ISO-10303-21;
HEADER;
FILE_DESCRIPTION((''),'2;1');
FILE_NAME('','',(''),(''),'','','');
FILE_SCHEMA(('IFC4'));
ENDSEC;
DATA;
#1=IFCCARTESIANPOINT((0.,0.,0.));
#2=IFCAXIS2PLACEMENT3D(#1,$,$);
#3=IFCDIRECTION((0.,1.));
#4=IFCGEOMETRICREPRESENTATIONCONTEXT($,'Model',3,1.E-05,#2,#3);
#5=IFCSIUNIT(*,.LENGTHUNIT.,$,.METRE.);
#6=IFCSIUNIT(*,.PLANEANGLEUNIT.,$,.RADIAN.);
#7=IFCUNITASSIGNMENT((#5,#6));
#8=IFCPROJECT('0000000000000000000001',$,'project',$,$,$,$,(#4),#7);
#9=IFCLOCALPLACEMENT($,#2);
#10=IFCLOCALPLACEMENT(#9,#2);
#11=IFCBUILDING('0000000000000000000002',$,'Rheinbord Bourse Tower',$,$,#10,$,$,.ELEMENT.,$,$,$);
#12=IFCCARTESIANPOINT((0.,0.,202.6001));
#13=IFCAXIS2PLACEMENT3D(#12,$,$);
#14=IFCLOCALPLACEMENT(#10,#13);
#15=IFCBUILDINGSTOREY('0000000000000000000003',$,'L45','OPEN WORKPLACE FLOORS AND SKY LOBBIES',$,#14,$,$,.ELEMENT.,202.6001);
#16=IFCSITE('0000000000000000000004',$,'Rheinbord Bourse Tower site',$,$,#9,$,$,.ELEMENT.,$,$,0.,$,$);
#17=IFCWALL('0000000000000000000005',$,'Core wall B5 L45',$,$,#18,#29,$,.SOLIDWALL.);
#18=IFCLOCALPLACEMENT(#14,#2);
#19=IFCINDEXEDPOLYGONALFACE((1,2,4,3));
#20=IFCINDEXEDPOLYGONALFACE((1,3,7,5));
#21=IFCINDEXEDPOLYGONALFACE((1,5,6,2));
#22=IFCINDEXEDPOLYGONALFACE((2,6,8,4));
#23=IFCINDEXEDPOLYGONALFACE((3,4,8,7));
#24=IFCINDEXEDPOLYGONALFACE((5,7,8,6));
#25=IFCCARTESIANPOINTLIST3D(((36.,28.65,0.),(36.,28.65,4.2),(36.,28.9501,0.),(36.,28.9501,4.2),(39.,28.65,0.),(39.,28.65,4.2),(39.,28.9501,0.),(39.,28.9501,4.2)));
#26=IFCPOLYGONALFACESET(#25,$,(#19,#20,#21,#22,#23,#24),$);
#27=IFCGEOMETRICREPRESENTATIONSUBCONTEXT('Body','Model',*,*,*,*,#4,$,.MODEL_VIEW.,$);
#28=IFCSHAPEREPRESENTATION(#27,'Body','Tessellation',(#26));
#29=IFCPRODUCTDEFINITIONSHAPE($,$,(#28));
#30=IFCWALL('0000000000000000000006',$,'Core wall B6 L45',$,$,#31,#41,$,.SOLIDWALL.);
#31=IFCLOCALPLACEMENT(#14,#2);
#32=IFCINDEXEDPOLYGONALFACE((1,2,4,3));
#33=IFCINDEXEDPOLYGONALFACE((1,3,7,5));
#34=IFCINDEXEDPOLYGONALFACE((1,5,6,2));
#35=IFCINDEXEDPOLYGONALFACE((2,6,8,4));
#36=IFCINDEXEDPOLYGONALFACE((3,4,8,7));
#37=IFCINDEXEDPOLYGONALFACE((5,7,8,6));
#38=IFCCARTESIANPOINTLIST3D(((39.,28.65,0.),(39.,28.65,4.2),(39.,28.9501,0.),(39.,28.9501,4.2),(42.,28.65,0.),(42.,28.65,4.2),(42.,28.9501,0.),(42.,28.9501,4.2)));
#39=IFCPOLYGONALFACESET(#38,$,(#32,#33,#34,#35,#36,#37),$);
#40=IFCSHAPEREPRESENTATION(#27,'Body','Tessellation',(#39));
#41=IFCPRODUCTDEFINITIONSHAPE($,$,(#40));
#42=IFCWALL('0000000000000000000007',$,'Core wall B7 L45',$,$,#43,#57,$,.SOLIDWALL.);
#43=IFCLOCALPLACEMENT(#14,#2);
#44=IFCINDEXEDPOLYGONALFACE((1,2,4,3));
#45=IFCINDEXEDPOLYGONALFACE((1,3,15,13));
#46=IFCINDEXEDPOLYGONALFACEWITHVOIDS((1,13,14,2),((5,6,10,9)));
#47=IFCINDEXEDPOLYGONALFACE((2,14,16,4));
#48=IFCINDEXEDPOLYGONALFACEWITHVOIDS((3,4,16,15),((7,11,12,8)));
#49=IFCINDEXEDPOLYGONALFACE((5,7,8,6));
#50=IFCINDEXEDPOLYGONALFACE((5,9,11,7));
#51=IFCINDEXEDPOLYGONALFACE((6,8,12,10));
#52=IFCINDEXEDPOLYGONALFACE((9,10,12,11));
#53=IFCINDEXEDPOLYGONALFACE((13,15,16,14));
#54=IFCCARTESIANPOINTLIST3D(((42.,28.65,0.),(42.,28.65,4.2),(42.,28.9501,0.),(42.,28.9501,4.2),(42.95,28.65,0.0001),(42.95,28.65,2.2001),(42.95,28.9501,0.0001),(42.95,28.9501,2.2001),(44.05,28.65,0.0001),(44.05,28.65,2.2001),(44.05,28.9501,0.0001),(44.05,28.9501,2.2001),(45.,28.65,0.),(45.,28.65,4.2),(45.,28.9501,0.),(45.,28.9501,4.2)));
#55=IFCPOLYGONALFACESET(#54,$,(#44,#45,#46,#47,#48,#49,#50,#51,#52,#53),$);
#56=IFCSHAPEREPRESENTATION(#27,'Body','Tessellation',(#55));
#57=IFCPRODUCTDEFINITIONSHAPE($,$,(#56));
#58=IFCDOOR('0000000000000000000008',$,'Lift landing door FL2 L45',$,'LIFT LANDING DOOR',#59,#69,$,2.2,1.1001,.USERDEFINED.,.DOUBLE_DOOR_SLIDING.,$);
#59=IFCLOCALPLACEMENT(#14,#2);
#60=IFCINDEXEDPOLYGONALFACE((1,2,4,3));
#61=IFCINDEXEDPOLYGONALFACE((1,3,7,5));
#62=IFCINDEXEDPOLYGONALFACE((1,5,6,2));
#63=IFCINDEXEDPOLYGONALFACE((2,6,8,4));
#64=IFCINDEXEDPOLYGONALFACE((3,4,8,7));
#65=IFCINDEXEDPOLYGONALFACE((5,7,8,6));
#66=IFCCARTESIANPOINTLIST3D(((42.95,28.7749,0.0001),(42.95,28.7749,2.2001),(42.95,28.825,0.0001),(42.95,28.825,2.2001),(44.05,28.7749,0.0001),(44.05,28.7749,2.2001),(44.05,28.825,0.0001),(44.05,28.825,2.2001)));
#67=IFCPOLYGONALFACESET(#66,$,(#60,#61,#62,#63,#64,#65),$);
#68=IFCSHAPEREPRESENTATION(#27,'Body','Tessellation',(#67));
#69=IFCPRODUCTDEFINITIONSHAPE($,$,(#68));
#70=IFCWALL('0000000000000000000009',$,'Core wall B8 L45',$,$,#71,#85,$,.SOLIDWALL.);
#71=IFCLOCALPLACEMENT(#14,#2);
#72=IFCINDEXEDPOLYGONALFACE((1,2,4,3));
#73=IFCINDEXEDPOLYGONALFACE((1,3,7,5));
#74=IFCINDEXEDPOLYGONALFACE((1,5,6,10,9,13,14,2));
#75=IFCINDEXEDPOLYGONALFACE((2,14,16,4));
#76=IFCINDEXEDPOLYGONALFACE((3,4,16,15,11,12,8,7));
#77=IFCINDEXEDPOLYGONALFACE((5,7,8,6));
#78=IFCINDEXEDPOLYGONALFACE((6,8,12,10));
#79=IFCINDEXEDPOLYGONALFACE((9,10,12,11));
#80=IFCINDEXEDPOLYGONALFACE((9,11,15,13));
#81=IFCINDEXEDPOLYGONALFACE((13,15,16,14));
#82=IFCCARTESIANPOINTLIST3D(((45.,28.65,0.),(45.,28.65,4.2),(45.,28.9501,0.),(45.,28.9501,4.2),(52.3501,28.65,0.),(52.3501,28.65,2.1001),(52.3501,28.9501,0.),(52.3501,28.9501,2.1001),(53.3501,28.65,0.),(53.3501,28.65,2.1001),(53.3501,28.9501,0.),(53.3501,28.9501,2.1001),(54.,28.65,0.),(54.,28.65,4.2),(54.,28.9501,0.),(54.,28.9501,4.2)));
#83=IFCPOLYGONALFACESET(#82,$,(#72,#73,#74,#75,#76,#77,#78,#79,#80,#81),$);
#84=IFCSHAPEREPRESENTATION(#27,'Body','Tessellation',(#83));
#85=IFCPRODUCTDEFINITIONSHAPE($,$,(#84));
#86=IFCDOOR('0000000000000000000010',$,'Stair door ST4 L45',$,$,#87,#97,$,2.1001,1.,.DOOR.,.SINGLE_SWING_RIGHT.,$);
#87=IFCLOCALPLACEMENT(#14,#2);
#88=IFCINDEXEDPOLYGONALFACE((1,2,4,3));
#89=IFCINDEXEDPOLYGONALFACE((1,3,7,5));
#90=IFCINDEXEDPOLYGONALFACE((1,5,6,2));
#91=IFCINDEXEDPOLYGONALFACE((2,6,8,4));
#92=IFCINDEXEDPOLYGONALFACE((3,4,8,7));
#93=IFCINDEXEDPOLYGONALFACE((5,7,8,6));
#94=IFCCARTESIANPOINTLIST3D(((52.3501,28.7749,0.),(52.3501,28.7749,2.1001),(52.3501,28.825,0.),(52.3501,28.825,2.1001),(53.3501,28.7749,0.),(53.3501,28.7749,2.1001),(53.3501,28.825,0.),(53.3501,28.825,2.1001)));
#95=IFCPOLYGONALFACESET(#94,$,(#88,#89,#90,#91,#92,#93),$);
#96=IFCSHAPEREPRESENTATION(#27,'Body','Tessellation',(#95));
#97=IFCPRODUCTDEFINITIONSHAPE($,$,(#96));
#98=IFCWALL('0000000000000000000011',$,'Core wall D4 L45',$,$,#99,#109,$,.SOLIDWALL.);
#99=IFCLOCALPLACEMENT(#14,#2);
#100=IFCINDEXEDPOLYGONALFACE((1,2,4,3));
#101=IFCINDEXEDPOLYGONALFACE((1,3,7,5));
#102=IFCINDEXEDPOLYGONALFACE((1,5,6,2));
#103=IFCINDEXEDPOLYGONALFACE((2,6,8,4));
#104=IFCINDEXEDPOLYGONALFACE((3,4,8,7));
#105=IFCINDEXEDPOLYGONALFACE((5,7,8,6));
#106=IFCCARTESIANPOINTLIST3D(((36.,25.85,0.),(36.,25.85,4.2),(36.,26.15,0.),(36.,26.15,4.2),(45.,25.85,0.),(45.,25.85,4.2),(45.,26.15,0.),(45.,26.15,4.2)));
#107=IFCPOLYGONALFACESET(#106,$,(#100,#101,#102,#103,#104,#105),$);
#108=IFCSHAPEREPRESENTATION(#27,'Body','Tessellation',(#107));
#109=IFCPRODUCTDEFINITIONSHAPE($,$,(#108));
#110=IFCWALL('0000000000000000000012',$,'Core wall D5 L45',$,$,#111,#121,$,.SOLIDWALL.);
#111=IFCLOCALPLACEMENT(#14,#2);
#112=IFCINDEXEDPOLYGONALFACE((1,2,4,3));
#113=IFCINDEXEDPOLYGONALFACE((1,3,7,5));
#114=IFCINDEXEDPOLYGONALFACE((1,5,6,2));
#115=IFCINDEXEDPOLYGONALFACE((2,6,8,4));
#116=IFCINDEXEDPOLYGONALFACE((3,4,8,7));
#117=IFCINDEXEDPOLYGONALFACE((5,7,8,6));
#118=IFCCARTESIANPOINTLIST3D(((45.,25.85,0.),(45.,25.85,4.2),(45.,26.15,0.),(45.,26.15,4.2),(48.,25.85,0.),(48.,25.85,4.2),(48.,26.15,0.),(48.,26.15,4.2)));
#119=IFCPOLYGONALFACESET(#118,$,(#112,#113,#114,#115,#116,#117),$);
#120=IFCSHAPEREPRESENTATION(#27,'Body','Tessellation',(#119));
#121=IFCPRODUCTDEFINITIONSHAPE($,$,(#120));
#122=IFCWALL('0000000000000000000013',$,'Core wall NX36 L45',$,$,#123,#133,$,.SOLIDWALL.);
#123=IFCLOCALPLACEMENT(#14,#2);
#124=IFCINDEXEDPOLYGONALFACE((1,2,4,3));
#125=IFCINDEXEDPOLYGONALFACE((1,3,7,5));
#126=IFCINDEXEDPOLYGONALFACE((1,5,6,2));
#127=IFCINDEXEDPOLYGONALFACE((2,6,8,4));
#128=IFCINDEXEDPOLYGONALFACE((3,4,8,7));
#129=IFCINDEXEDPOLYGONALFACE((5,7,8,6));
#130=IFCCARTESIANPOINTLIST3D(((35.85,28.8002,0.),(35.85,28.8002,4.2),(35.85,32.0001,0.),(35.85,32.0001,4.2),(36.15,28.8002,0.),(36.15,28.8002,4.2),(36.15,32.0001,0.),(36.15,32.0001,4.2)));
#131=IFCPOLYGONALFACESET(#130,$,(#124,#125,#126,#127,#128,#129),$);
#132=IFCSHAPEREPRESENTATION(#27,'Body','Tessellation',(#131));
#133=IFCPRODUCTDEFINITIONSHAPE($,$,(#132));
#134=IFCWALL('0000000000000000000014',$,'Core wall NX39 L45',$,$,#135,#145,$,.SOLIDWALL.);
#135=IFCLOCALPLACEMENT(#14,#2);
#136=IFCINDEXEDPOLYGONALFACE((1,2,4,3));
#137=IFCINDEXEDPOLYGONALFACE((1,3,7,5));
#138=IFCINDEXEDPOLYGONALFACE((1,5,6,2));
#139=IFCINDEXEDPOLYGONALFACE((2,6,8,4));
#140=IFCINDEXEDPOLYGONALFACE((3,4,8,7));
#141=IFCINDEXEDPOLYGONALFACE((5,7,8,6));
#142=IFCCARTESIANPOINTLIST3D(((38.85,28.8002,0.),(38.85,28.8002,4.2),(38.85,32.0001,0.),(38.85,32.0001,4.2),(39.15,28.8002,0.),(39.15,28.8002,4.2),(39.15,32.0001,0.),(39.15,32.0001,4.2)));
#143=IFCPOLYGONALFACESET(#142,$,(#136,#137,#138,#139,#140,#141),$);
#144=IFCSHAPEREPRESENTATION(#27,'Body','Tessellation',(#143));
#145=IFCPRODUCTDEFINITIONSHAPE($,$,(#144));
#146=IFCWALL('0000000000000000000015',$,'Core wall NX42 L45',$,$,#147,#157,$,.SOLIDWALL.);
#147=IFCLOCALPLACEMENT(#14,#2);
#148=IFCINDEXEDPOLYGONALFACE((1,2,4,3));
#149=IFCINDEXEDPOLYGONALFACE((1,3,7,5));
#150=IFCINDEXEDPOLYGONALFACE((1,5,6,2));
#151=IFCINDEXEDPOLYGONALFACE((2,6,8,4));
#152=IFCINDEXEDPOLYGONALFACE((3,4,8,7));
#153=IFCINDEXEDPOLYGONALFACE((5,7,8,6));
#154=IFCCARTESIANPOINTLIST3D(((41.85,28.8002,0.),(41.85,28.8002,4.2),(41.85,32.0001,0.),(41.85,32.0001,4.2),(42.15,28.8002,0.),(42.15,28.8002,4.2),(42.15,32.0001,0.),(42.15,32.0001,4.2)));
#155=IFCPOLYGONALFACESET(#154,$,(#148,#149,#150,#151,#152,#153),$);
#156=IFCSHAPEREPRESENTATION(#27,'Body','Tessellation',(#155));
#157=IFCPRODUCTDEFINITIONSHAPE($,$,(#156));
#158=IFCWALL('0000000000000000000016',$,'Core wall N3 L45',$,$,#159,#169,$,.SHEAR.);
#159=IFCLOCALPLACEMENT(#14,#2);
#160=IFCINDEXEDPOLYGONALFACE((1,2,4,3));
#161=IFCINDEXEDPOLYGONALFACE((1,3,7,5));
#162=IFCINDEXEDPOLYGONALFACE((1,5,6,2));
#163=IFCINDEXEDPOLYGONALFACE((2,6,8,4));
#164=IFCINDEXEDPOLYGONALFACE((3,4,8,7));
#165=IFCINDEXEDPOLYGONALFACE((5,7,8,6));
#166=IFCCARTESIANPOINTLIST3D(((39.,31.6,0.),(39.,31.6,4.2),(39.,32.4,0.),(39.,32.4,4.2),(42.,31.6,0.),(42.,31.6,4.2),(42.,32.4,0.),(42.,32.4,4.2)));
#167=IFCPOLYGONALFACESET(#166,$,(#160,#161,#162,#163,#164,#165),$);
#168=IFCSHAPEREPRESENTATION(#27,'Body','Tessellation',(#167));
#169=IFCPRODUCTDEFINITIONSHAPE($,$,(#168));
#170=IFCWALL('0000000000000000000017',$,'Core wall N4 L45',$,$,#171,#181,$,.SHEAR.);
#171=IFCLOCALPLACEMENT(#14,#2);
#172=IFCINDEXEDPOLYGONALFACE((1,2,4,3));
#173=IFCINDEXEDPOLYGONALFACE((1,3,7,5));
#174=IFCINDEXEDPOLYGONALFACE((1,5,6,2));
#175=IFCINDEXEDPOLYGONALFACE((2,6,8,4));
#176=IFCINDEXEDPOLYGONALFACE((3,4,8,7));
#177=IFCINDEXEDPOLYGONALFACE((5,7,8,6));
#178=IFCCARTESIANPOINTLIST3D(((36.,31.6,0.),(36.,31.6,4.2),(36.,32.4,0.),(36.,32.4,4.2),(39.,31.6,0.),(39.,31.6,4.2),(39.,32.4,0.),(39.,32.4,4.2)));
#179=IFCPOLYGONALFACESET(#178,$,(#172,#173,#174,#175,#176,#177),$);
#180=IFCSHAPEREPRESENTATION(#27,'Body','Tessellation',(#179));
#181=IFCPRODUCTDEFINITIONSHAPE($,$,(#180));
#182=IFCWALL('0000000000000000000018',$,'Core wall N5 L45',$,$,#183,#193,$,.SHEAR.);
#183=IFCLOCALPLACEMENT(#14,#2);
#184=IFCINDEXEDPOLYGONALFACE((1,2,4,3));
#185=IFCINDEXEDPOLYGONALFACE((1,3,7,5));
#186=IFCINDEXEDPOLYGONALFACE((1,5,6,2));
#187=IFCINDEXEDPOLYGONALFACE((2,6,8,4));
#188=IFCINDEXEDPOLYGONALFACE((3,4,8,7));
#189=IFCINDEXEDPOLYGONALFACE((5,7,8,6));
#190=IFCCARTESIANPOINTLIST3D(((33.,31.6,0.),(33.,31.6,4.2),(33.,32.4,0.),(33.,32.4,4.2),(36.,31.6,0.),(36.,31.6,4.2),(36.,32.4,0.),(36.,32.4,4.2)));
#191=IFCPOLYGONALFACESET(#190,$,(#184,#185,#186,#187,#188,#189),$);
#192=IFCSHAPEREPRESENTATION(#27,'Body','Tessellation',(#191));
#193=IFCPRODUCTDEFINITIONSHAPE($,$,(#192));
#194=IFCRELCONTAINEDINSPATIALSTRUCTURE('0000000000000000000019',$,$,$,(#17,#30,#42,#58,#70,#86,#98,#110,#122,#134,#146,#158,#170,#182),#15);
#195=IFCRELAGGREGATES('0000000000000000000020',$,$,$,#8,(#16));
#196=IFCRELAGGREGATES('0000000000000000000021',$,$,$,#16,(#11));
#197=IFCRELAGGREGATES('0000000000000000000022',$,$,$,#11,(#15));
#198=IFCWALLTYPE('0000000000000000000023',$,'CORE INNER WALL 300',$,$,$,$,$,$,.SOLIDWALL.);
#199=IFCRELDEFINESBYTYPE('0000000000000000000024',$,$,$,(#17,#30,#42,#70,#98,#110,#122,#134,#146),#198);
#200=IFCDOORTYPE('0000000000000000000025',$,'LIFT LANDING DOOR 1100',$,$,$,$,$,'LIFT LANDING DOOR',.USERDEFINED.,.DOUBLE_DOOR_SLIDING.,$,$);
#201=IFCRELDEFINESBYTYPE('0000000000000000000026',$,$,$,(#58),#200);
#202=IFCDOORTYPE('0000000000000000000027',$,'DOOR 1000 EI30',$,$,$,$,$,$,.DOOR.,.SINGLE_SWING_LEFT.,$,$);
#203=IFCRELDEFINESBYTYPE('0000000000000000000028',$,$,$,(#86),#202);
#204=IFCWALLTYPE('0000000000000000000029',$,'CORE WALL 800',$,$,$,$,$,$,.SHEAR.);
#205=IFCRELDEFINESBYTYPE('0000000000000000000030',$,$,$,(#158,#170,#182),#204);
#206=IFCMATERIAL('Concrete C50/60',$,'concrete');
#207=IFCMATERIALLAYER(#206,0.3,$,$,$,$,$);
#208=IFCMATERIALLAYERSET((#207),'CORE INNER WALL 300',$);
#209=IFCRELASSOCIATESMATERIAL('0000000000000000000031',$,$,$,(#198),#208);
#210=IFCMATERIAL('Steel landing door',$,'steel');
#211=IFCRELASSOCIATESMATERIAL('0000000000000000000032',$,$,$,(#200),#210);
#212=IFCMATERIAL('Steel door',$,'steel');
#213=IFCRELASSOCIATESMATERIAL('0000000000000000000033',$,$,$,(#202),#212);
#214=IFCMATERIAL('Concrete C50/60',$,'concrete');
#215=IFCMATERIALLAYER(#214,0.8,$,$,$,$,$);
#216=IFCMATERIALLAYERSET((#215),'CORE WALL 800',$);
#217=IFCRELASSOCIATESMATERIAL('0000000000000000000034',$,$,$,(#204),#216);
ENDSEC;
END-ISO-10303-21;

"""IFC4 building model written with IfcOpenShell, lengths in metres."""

from ifc_helpers import new_model, si_unit, direction, frame, frame_2d, origin, place, context, subcontext, project, spatial, rectangle, extrude, material, layer, layer_set, type_object, element, fill, save


model = new_model("IFC4")

# Units and contexts
model_context = context("Model", 3, precision=1e-05, world=origin(), true_north=direction((0.0, 1.0)))
body_context = subcontext(model_context, "Body", "Model", "MODEL_VIEW")
ifc_project = project(units=[si_unit("LENGTHUNIT", "METRE"), si_unit("PLANEANGLEUNIT", "RADIAN")], contexts=[model_context])

# Site, building, storey
site_placement = place(None, origin())
site = spatial("IfcSite", under=ifc_project, at=site_placement, Name="Rheinbord Bourse Tower site", CompositionType="ELEMENT", RefElevation=0.0)
building_placement = place(site_placement, origin())
building = spatial("IfcBuilding", under=site, at=building_placement, Name="Rheinbord Bourse Tower", CompositionType="ELEMENT")
storey_placement = place(building_placement, frame((0.0, 0.0, 202.6001)))
storey = spatial("IfcBuildingStorey", under=building, at=storey_placement, Name="L45", Description="OPEN WORKPLACE FLOORS AND SKY LOBBIES", CompositionType="ELEMENT", Elevation=202.6001)

# Walls
ifc_material_1 = material(Name="Concrete C50/60", Category="concrete")
ifc_layer_1 = layer(ifc_material_1, 0.3)
ifc_layer_set_1 = layer_set([ifc_layer_1], Name="CORE INNER WALL 300")
wall_type_1 = type_object("IfcWallType", Name="CORE INNER WALL 300", PredefinedType="SOLIDWALL", material=ifc_layer_set_1)
for number, where, z_axis, x_axis, name in (
    (1, (36.0, 28.8, 0.0), (0.0, 0.0, 1.0), (1.0, 0.0, 0.0), "Core wall B5 L45"),
    (2, (39.0, 28.8, 0.0), (0.0, 0.0, 1.0), (1.0, 0.0, 0.0), "Core wall B6 L45"),
):
    element("IfcWall", number, at=place(storey_placement, frame(where, z_axis=z_axis, x_axis=x_axis)), inside=storey, type_object=wall_type_1, Name=name, PredefinedType="SOLIDWALL", context=body_context, shape_type="SweptSolid", body=[
        extrude(rectangle(XDim=3.0, YDim=0.3, at=frame_2d((1.5, 0.0))), origin(), (0.0, 0.0, 1.0), 4.2),
    ])

# Walls, openings, doors
wall_1_placement = place(storey_placement, frame((42.0, 28.8, 0.0), z_axis=(0.0, 0.0, 1.0), x_axis=(1.0, 0.0, 0.0)))
wall_1 = element("IfcWall", 3, at=wall_1_placement, inside=storey, type_object=wall_type_1, Name="Core wall B7 L45", PredefinedType="SOLIDWALL", context=body_context, shape_type="SweptSolid", body=[
    extrude(rectangle(XDim=3.0, YDim=0.3, at=frame_2d((1.5, 0.0))), origin(), (0.0, 0.0, 1.0), 4.2),
])
opening_1_placement = place(wall_1_placement, frame((0.95, 0.0, 0.0)))
opening_1 = element("IfcOpeningElement", 4, at=opening_1_placement, cuts=wall_1, PredefinedType="OPENING", context=body_context, shape_type="SweptSolid", body=[
    extrude(rectangle(XDim=1.1001, YDim=2.2, at=frame_2d((0.55, 1.1001))), frame((0.0, 0.1599, 0.0), z_axis=(0.0, -1.0, 0.0), x_axis=(1.0, 0.0, 0.0)), (0.0, 0.0, 1.0), 0.3201),
])
ifc_material_2 = material(Name="Steel landing door", Category="steel")
door_type_1 = type_object("IfcDoorType", Name="LIFT LANDING DOOR 1100", ElementType="LIFT LANDING DOOR", OperationType="DOUBLE_DOOR_SLIDING", PredefinedType="USERDEFINED", material=ifc_material_2)
door_1_placement = place(opening_1_placement, origin())
door_1 = element("IfcDoor", 5, at=door_1_placement, inside=storey, type_object=door_type_1, Name="Lift landing door FL2 L45", ObjectType="LIFT LANDING DOOR", OperationType="DOUBLE_DOOR_SLIDING", OverallHeight=2.2, OverallWidth=1.1001, PredefinedType="USERDEFINED", context=body_context, shape_type="SweptSolid", body=[
    extrude(rectangle(XDim=1.1001, YDim=2.2, at=frame_2d((0.55, 1.1001))), frame((0.0, 0.0249, 0.0), z_axis=(0.0, -1.0, 0.0), x_axis=(1.0, 0.0, 0.0)), (0.0, 0.0, 1.0), 0.05),
])
fill(opening_1, door_1)
wall_2_placement = place(storey_placement, frame((45.0, 28.8, 0.0), z_axis=(0.0, 0.0, 1.0), x_axis=(1.0, 0.0, 0.0)))
wall_2 = element("IfcWall", 6, at=wall_2_placement, inside=storey, type_object=wall_type_1, Name="Core wall B8 L45", PredefinedType="SOLIDWALL", context=body_context, shape_type="SweptSolid", body=[
    extrude(rectangle(XDim=9.0, YDim=0.3, at=frame_2d((4.5, 0.0))), origin(), (0.0, 0.0, 1.0), 4.2),
])
opening_2_placement = place(wall_2_placement, frame((7.3501, 0.0, 0.0)))
opening_2 = element("IfcOpeningElement", 7, at=opening_2_placement, cuts=wall_2, PredefinedType="OPENING", context=body_context, shape_type="SweptSolid", body=[
    extrude(rectangle(XDim=1.0, YDim=2.1001, at=frame_2d((0.5, 1.05))), frame((0.0, 0.1599, 0.0), z_axis=(0.0, -1.0, 0.0), x_axis=(1.0, 0.0, 0.0)), (0.0, 0.0, 1.0), 0.3201),
])
ifc_material_3 = material(Name="Steel door", Category="steel")
door_type_2 = type_object("IfcDoorType", Name="DOOR 1000 EI30", OperationType="SINGLE_SWING_LEFT", PredefinedType="DOOR", material=ifc_material_3)
door_2_placement = place(opening_2_placement, origin())
door_2 = element("IfcDoor", 8, at=door_2_placement, inside=storey, type_object=door_type_2, Name="Stair door ST4 L45", OperationType="SINGLE_SWING_RIGHT", OverallHeight=2.1001, OverallWidth=1.0, PredefinedType="DOOR", context=body_context, shape_type="SweptSolid", body=[
    extrude(rectangle(XDim=1.0, YDim=2.1001, at=frame_2d((0.5, 1.05))), frame((0.0, 0.0249, 0.0), z_axis=(0.0, -1.0, 0.0), x_axis=(1.0, 0.0, 0.0)), (0.0, 0.0, 1.0), 0.05),
])
fill(opening_2, door_2)

# Walls
wall_3_placement = place(storey_placement, frame((36.0, 26.0, 0.0), z_axis=(0.0, 0.0, 1.0), x_axis=(1.0, 0.0, 0.0)))
element("IfcWall", 9, at=wall_3_placement, inside=storey, type_object=wall_type_1, Name="Core wall D4 L45", PredefinedType="SOLIDWALL", context=body_context, shape_type="SweptSolid", body=[
    extrude(rectangle(XDim=9.0, YDim=0.3, at=frame_2d((4.5, 0.0))), origin(), (0.0, 0.0, 1.0), 4.2),
])
wall_4_placement = place(storey_placement, frame((45.0, 26.0, 0.0), z_axis=(0.0, 0.0, 1.0), x_axis=(1.0, 0.0, 0.0)))
element("IfcWall", 10, at=wall_4_placement, inside=storey, type_object=wall_type_1, Name="Core wall D5 L45", PredefinedType="SOLIDWALL", context=body_context, shape_type="SweptSolid", body=[
    extrude(rectangle(XDim=3.0, YDim=0.3, at=frame_2d((1.5, 0.0))), origin(), (0.0, 0.0, 1.0), 4.2),
])
for number, where, z_axis, x_axis, name in (
    (11, (36.0, 28.8, 0.0), (0.0, 0.0, 1.0), (0.0, 1.0, 0.0), "Core wall NX36 L45"),
    (12, (39.0, 28.8, 0.0), (0.0, 0.0, 1.0), (0.0, 1.0, 0.0), "Core wall NX39 L45"),
    (13, (42.0, 28.8, 0.0), (0.0, 0.0, 1.0), (0.0, 1.0, 0.0), "Core wall NX42 L45"),
):
    element("IfcWall", number, at=place(storey_placement, frame(where, z_axis=z_axis, x_axis=x_axis)), inside=storey, type_object=wall_type_1, Name=name, PredefinedType="SOLIDWALL", context=body_context, shape_type="SweptSolid", body=[
        extrude(rectangle(XDim=3.2, YDim=0.3, at=frame_2d((1.6001, 0.0))), origin(), (0.0, 0.0, 1.0), 4.2),
    ])
ifc_material_4 = material(Name="Concrete C50/60", Category="concrete")
ifc_layer_2 = layer(ifc_material_4, 0.8)
ifc_layer_set_2 = layer_set([ifc_layer_2], Name="CORE WALL 800")
wall_type_2 = type_object("IfcWallType", Name="CORE WALL 800", PredefinedType="SHEAR", material=ifc_layer_set_2)
for number, where, z_axis, x_axis, name in (
    (14, (42.0, 32.0, 0.0), (0.0, 0.0, 1.0), (-1.0, 0.0, 0.0), "Core wall N3 L45"),
    (15, (39.0, 32.0, 0.0), (0.0, 0.0, 1.0), (-1.0, 0.0, 0.0), "Core wall N4 L45"),
    (16, (36.0, 32.0, 0.0), (0.0, 0.0, 1.0), (-1.0, 0.0, 0.0), "Core wall N5 L45"),
):
    element("IfcWall", number, at=place(storey_placement, frame(where, z_axis=z_axis, x_axis=x_axis)), inside=storey, type_object=wall_type_2, Name=name, PredefinedType="SHEAR", context=body_context, shape_type="SweptSolid", body=[
        extrude(rectangle(XDim=3.0, YDim=0.8, at=frame_2d((1.5, 0.0))), origin(), (0.0, 0.0, 1.0), 4.2),
    ])

save(model, "model.ifc")
